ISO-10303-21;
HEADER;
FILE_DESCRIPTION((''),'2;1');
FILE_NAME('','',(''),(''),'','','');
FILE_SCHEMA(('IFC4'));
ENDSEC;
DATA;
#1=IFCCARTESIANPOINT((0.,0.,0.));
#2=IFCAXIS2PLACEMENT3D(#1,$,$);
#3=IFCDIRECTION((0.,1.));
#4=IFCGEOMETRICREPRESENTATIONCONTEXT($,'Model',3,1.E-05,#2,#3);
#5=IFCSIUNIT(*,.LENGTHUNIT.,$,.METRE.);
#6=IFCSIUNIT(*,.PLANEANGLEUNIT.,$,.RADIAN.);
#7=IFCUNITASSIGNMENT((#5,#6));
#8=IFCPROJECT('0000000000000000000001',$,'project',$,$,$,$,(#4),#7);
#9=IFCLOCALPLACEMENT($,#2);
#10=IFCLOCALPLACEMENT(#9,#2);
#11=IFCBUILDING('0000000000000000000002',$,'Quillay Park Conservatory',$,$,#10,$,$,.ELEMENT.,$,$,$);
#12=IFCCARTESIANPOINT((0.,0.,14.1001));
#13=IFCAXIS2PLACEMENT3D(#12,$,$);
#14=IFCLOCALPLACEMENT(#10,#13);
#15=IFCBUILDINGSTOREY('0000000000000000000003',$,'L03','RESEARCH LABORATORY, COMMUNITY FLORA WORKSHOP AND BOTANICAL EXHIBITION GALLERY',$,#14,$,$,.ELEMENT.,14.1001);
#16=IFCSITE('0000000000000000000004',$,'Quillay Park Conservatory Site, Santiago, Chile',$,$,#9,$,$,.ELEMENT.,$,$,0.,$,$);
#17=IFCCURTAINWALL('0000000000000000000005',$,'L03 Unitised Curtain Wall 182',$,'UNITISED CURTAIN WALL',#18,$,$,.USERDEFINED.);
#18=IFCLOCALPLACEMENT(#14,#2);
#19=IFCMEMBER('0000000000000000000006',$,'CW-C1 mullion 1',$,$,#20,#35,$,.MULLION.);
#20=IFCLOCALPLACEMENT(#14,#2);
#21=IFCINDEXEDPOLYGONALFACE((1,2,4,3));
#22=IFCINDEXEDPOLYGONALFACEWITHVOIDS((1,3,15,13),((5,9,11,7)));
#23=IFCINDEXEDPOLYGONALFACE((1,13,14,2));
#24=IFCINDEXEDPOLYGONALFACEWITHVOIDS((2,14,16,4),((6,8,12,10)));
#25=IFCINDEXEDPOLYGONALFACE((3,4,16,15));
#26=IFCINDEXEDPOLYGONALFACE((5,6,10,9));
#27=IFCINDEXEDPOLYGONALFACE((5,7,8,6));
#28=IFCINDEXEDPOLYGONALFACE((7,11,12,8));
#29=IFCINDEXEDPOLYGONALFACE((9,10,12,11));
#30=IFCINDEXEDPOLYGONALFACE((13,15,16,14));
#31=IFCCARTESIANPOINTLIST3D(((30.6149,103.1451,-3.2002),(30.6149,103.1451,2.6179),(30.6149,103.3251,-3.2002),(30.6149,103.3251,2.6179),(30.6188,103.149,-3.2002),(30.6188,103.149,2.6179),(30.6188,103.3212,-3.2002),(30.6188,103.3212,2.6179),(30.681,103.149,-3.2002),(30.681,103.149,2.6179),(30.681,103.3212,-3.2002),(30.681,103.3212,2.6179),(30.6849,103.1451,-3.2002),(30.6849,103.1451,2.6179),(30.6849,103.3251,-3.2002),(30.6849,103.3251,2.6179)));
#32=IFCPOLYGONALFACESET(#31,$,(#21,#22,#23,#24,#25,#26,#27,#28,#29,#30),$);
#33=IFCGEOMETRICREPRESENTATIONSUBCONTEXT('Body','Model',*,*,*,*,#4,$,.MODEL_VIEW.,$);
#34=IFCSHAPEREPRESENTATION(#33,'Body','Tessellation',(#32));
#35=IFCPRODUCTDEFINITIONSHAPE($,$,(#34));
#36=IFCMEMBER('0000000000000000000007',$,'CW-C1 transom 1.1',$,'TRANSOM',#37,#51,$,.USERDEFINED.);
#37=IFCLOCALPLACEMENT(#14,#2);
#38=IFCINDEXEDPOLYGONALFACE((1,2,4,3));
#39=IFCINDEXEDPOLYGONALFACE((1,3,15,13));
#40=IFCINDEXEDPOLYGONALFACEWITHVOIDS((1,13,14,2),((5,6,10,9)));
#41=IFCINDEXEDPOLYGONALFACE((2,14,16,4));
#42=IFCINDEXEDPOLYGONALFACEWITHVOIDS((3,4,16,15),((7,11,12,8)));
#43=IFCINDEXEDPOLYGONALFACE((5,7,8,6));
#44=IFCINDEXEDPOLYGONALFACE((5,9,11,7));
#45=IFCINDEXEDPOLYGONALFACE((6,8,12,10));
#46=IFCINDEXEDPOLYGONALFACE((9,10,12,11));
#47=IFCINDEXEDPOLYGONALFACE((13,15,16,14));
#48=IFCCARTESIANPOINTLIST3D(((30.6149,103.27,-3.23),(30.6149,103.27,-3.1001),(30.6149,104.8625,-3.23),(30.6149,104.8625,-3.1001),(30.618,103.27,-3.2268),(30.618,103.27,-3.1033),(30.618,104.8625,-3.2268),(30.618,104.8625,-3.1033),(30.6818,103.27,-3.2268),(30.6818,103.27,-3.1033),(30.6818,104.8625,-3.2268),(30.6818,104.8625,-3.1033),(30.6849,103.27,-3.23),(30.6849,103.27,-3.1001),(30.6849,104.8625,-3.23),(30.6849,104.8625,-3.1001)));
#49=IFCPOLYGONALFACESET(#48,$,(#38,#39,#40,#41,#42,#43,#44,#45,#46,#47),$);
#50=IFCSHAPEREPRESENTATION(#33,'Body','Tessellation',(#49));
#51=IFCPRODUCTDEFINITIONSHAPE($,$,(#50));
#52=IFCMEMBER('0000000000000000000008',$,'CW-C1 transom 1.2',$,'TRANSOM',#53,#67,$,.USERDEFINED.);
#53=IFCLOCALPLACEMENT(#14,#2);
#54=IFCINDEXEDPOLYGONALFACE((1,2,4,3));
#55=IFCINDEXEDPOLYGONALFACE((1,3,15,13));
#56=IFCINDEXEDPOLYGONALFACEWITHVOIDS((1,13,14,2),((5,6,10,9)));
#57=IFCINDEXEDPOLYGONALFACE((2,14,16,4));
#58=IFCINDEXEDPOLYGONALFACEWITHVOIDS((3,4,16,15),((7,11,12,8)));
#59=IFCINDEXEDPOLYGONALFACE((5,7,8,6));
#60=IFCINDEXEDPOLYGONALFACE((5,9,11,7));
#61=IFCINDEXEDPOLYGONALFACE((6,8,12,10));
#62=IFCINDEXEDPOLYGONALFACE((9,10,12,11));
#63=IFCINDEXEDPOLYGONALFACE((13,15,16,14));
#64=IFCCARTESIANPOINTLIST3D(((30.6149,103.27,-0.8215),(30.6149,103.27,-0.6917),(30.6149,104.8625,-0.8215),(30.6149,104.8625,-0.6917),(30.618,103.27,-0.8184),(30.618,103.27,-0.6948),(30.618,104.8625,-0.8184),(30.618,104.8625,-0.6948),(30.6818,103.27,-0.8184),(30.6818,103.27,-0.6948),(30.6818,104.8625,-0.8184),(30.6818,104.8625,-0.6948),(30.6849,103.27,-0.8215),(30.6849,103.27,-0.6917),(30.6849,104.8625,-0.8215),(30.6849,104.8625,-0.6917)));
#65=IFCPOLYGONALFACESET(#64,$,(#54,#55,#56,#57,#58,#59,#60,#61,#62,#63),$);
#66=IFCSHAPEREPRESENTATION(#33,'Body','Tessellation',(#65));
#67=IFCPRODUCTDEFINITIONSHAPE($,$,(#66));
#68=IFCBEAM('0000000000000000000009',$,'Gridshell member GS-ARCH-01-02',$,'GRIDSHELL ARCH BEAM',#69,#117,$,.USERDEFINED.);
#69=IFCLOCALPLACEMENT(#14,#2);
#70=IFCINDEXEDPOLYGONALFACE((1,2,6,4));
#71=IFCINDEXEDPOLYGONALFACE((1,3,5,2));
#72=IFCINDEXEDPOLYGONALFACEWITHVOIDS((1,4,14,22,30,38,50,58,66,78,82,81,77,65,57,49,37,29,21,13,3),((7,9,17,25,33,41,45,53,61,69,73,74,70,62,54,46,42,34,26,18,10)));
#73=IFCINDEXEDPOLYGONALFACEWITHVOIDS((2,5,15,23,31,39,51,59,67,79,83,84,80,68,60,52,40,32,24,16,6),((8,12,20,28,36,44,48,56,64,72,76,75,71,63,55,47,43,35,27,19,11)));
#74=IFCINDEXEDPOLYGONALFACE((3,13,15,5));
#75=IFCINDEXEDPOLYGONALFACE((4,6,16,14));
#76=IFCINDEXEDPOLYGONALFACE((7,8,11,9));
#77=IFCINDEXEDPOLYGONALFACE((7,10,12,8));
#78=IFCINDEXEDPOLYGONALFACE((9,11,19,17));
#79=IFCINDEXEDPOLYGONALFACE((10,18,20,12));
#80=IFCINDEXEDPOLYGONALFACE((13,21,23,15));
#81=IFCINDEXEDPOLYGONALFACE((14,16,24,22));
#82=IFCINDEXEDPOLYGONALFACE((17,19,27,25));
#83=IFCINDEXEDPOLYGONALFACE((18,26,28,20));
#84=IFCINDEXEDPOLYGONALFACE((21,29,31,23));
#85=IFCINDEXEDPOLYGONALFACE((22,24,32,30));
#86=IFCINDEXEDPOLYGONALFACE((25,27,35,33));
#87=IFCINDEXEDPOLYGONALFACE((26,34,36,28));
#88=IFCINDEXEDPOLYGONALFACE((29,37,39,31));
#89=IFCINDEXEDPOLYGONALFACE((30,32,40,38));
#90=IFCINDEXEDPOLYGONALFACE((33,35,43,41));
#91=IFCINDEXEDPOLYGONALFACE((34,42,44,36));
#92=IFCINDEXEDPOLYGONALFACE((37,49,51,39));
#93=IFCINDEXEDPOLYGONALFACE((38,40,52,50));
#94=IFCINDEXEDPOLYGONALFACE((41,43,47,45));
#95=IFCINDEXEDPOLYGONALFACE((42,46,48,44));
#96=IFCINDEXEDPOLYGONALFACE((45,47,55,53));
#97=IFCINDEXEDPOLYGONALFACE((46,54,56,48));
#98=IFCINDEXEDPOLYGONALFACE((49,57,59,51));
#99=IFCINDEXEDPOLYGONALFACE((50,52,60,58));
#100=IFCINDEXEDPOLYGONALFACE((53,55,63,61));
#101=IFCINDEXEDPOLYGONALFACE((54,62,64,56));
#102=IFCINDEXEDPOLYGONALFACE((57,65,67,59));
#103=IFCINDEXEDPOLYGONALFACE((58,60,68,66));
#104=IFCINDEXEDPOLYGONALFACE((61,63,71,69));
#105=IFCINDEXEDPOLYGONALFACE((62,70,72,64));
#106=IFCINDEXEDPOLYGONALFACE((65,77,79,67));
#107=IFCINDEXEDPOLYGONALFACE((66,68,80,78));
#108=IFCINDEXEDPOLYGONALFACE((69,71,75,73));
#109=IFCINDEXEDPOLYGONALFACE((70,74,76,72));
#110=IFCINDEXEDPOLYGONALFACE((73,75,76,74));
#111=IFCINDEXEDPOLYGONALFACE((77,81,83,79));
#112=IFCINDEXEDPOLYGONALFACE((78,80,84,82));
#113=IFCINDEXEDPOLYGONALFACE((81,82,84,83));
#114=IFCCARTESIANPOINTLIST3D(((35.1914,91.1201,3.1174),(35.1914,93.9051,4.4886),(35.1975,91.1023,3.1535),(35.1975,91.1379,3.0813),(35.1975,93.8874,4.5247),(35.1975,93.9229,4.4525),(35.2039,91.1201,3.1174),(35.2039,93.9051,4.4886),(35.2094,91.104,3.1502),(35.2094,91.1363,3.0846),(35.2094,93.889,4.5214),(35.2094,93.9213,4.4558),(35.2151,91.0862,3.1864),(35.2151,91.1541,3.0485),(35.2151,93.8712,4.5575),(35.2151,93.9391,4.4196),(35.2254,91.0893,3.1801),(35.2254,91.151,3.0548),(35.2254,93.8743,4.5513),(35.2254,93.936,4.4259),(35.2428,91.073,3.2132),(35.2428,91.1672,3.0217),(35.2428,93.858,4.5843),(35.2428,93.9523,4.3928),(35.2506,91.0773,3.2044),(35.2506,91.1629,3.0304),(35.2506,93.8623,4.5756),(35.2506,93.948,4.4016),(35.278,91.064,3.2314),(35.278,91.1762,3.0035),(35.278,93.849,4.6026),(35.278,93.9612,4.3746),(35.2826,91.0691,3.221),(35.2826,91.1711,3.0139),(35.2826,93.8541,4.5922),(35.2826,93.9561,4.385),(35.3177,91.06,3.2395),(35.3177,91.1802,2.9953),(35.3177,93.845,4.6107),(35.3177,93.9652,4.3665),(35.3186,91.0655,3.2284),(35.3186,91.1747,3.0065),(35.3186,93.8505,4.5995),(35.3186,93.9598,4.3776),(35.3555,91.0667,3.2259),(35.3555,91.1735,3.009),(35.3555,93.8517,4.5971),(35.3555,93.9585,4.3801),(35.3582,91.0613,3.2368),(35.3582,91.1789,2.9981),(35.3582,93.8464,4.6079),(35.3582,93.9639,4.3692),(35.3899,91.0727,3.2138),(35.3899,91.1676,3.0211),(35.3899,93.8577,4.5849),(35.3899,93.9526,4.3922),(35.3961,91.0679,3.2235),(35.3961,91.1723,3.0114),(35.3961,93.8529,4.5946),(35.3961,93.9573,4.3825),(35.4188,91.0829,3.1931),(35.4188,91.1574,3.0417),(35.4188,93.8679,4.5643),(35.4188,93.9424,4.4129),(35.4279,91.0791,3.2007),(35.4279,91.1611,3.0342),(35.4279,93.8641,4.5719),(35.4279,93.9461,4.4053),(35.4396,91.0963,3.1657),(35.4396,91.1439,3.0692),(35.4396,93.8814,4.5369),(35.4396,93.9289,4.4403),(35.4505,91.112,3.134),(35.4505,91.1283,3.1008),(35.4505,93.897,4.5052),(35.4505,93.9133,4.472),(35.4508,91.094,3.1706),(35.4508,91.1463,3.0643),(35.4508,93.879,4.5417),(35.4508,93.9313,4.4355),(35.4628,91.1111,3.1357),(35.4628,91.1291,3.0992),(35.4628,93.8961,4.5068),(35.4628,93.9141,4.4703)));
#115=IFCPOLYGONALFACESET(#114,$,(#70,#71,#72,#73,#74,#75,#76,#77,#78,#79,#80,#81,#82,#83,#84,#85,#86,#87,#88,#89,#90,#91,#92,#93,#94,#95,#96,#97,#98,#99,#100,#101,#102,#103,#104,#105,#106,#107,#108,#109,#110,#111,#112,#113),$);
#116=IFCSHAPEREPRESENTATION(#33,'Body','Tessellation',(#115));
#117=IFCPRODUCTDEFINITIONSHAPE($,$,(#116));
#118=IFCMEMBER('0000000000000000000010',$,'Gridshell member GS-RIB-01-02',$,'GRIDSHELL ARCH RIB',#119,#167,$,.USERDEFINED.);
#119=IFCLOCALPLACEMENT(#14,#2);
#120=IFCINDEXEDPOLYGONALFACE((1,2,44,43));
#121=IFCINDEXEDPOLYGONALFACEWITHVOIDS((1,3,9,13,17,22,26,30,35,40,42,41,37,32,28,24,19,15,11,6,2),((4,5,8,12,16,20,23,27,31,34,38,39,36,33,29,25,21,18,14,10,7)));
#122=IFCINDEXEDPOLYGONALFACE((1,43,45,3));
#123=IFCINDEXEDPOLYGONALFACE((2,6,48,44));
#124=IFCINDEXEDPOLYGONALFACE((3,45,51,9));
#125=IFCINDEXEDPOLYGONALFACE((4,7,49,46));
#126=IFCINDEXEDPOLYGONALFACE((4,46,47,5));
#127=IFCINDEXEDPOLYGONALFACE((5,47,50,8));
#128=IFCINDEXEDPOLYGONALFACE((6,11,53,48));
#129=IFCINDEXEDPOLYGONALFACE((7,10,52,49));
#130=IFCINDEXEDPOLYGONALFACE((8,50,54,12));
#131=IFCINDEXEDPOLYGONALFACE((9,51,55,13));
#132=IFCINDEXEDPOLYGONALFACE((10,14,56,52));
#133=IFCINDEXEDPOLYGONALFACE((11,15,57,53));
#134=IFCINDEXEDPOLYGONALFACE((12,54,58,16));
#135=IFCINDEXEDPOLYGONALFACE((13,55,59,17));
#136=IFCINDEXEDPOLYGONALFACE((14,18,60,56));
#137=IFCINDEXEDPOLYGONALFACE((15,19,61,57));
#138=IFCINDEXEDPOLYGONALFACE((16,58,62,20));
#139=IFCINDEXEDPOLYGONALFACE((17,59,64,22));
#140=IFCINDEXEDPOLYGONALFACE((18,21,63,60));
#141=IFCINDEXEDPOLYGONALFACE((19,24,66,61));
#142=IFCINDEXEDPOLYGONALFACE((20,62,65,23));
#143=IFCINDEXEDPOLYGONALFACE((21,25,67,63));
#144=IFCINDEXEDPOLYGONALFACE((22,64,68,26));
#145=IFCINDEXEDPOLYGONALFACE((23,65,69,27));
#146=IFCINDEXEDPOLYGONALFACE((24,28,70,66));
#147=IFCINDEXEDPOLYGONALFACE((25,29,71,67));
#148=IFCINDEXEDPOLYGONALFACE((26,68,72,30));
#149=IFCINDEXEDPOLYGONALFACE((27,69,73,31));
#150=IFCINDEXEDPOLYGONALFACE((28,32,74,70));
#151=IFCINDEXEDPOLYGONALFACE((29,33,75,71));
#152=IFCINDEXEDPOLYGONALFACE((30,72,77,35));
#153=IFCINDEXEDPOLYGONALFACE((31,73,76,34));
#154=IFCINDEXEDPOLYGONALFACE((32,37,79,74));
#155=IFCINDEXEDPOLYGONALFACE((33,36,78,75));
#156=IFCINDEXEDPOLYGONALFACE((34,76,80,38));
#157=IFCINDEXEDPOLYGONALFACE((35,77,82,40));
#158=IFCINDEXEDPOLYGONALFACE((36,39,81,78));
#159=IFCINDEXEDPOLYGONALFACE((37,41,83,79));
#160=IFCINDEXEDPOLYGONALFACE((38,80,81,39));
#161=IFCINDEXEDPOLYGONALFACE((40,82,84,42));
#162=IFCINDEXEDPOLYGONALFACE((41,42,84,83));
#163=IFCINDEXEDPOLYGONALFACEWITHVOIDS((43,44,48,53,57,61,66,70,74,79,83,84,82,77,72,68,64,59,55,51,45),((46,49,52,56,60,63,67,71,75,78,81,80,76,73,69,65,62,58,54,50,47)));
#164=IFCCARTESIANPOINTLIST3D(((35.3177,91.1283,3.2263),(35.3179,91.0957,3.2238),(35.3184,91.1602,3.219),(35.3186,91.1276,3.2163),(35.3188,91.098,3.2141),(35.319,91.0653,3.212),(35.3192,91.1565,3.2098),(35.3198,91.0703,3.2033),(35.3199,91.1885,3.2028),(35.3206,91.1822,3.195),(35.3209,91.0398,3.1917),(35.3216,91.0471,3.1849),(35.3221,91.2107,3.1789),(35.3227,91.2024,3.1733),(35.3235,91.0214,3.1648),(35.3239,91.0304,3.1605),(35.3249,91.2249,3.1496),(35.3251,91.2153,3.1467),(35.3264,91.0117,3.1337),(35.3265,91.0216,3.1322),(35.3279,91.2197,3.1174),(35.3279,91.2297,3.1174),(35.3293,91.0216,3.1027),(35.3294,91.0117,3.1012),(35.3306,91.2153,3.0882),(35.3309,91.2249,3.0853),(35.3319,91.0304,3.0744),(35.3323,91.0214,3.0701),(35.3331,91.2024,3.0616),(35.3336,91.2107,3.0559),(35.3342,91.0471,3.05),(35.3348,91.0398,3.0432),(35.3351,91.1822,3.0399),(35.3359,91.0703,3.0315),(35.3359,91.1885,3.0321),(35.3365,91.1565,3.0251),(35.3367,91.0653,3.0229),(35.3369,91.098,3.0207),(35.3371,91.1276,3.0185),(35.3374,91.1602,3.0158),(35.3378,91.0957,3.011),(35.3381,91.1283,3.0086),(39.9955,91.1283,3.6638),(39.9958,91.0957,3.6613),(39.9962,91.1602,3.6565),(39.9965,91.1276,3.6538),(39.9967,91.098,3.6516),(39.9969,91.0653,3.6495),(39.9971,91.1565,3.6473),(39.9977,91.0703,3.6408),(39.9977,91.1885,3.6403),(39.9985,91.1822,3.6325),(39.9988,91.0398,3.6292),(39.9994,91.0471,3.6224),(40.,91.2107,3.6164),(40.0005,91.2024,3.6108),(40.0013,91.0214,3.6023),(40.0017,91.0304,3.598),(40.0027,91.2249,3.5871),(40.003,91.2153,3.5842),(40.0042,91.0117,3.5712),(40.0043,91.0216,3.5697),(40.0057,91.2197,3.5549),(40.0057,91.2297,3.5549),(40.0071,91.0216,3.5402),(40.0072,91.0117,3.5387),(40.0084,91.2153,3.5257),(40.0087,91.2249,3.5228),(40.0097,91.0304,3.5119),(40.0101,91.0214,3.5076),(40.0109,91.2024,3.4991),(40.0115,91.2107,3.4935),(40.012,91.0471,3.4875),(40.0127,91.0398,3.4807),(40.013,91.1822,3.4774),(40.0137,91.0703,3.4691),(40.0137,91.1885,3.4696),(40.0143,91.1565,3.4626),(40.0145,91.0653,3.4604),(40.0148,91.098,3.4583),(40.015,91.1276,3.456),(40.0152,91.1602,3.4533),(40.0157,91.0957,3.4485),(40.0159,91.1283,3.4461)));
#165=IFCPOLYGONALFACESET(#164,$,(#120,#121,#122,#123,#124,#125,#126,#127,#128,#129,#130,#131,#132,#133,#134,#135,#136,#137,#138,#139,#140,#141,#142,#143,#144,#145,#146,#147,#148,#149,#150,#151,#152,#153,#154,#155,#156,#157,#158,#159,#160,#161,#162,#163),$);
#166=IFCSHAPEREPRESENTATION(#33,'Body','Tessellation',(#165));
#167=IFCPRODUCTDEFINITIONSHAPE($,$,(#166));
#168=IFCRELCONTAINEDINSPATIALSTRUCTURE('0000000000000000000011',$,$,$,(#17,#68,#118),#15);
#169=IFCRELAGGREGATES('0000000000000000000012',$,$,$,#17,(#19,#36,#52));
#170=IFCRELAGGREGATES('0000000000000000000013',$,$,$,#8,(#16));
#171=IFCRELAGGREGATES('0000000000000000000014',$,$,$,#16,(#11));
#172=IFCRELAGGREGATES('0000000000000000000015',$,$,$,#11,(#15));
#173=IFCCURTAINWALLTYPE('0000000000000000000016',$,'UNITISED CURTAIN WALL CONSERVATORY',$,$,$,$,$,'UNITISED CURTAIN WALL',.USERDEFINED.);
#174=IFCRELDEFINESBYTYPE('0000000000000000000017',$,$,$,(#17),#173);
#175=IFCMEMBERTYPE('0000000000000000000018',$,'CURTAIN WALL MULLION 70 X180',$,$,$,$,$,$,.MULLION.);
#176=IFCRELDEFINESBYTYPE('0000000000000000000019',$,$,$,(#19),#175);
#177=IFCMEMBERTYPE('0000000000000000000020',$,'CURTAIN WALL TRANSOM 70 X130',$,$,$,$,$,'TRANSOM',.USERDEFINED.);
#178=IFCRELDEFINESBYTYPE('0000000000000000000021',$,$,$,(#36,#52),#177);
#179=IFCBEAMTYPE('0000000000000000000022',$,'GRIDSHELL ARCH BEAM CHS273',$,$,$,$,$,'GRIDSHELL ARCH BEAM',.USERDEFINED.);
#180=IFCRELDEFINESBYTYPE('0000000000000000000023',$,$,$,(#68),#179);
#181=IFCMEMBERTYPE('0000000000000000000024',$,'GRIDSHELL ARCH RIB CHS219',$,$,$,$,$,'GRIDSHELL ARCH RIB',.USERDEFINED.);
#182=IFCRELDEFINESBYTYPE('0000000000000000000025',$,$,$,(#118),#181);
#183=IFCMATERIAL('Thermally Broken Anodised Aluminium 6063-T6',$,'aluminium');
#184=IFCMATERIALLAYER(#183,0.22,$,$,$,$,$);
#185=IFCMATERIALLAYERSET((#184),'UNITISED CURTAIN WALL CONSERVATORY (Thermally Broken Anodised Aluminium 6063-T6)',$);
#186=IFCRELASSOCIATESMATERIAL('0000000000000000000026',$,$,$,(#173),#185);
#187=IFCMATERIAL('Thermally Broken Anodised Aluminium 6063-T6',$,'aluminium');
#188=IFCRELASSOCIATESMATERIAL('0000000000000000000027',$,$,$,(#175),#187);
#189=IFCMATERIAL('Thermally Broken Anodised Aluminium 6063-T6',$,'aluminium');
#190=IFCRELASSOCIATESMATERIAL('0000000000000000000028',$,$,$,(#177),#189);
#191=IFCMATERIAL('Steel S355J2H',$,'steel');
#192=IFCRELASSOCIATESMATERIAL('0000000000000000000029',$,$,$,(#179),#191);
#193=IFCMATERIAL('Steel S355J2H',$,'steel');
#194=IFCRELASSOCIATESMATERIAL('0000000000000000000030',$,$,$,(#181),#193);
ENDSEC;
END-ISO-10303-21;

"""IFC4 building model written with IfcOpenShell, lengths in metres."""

from ifc_helpers import new_model, si_unit, direction, frame, origin, origin_2d, place, context, subcontext, project, spatial, hollow_rectangle, hollow_circle, extrude, material, layer, layer_set, material_profile, profile_set, type_object, element, aggregate, save


model = new_model("IFC4")

# Units and contexts
model_context = context("Model", 3, precision=1e-05, world=origin(), true_north=direction((0.0, 1.0)))
body_context = subcontext(model_context, "Body", "Model", "MODEL_VIEW")
ifc_project = project(units=[si_unit("LENGTHUNIT", "METRE"), si_unit("PLANEANGLEUNIT", "RADIAN")], contexts=[model_context])

# Site, building, storey
site_placement = place(None, origin())
site = spatial("IfcSite", under=ifc_project, at=site_placement, Name="Quillay Park Conservatory Site, Santiago, Chile", CompositionType="ELEMENT", RefElevation=0.0)
building_placement = place(site_placement, origin())
building = spatial("IfcBuilding", under=site, at=building_placement, Name="Quillay Park Conservatory", CompositionType="ELEMENT")
storey_placement = place(building_placement, frame((0.0, 0.0, 14.1001)))
storey = spatial("IfcBuildingStorey", under=building, at=storey_placement, Name="L03", Description="RESEARCH LABORATORY, COMMUNITY FLORA WORKSHOP AND BOTANICAL EXHIBITION GALLERY", CompositionType="ELEMENT", Elevation=14.1001)

# Curtain wall, members
ifc_material_1 = material(Name="Thermally Broken Anodised Aluminium 6063-T6", Category="aluminium")
ifc_layer_1 = layer(ifc_material_1, 0.22)
ifc_layer_set_1 = layer_set([ifc_layer_1], Name="UNITISED CURTAIN WALL CONSERVATORY (Thermally Broken Anodised Aluminium 6063-T6)")
curtain_wall_type = type_object("IfcCurtainWallType", Name="UNITISED CURTAIN WALL CONSERVATORY", ElementType="UNITISED CURTAIN WALL", PredefinedType="USERDEFINED", material=ifc_layer_set_1)
curtain_wall_1_placement = place(storey_placement, origin())
curtain_wall_1 = element("IfcCurtainWall", 1, at=curtain_wall_1_placement, inside=storey, type_object=curtain_wall_type, Name="L03 Unitised Curtain Wall 182", ObjectType="UNITISED CURTAIN WALL", PredefinedType="USERDEFINED")
ifc_material_2 = material(Name="Thermally Broken Anodised Aluminium 6063-T6", Category="aluminium")
ifc_material_profile_1 = material_profile(ifc_material_2, hollow_rectangle(XDim=0.0701, YDim=0.1799, WallThickness=0.0039, at=origin_2d()), Name="AL70x180x4")
ifc_profile_set_1 = profile_set([ifc_material_profile_1], Name="Thermally Broken Anodised Aluminium 6063-T6")
member_type_1 = type_object("IfcMemberType", Name="CURTAIN WALL MULLION 70 X180", PredefinedType="MULLION", material=ifc_profile_set_1)
member_1_placement = place(storey_placement, frame((30.6499, 103.2351, -3.2002), z_axis=(0.0, 0.0, 1.0), x_axis=(-1.0, 0.0, 0.0)))
member_1 = element("IfcMember", 2, at=member_1_placement, type_object=member_type_1, Name="CW-C1 mullion 1", PredefinedType="MULLION", context=body_context, shape_type="SweptSolid", body=[
    extrude(hollow_rectangle(XDim=0.0701, YDim=0.1799, WallThickness=0.0039, at=origin_2d()), origin(), (0.0, 0.0, 1.0), 5.8181),
])
ifc_material_3 = material(Name="Thermally Broken Anodised Aluminium 6063-T6", Category="aluminium")
ifc_material_profile_2 = material_profile(ifc_material_3, hollow_rectangle(XDim=0.0701, YDim=0.1299, WallThickness=0.0032, at=origin_2d()), Name="AL70x130x3.2")
ifc_profile_set_2 = profile_set([ifc_material_profile_2], Name="Thermally Broken Anodised Aluminium 6063-T6")
member_type_2 = type_object("IfcMemberType", Name="CURTAIN WALL TRANSOM 70 X130", ElementType="TRANSOM", PredefinedType="USERDEFINED", material=ifc_profile_set_2)
member_2_placement = place(storey_placement, frame((30.6499, 103.27, -3.165), z_axis=(0.0, 1.0, 0.0), x_axis=(-1.0, 0.0, 0.0)))
member_2 = element("IfcMember", 3, at=member_2_placement, type_object=member_type_2, Name="CW-C1 transom 1.1", ObjectType="TRANSOM", PredefinedType="USERDEFINED", context=body_context, shape_type="SweptSolid", body=[
    extrude(hollow_rectangle(XDim=0.0701, YDim=0.1299, WallThickness=0.0032, at=origin_2d()), origin(), (0.0, 0.0, 1.0), 1.5925),
])
member_3_placement = place(storey_placement, frame((30.6499, 103.27, -0.7566), z_axis=(0.0, 1.0, 0.0), x_axis=(-1.0, 0.0, 0.0)))
member_3 = element("IfcMember", 4, at=member_3_placement, type_object=member_type_2, Name="CW-C1 transom 1.2", ObjectType="TRANSOM", PredefinedType="USERDEFINED", context=body_context, shape_type="SweptSolid", body=[
    extrude(hollow_rectangle(XDim=0.0701, YDim=0.1299, WallThickness=0.0032, at=origin_2d()), origin(), (0.0, 0.0, 1.0), 1.5925),
])
aggregate(curtain_wall_1, [member_1, member_2, member_3])

# Beam
ifc_material_4 = material(Name="Steel S355J2H", Category="steel")
ifc_material_profile_3 = material_profile(ifc_material_4, hollow_circle(Radius=0.1365, WallThickness=0.0125, at=origin_2d()), Name="CHS273x12.5")
ifc_profile_set_3 = profile_set([ifc_material_profile_3], Name="Steel S355J2H")
beam_type = type_object("IfcBeamType", Name="GRIDSHELL ARCH BEAM CHS273", ElementType="GRIDSHELL ARCH BEAM", PredefinedType="USERDEFINED", material=ifc_profile_set_3)
beam_placement = place(storey_placement, frame((35.3279, 91.1201, 3.1174), z_axis=(0.0, 0.897163, 0.4417), x_axis=(-1.0, 0.0, 0.0)))
element("IfcBeam", 5, at=beam_placement, inside=storey, type_object=beam_type, Name="Gridshell member GS-ARCH-01-02", ObjectType="GRIDSHELL ARCH BEAM", PredefinedType="USERDEFINED", context=body_context, shape_type="SweptSolid", body=[
    extrude(hollow_circle(Radius=0.1365, WallThickness=0.0125, at=origin_2d()), origin(), (0.0, 0.0, 1.0), 3.1042),
])

# Member
ifc_material_5 = material(Name="Steel S355J2H", Category="steel")
ifc_material_profile_4 = material_profile(ifc_material_5, hollow_circle(Radius=0.1096, WallThickness=0.01, at=origin_2d()), Name="CHS219.1x10")
ifc_profile_set_4 = profile_set([ifc_material_profile_4], Name="Steel S355J2H")
member_type_3 = type_object("IfcMemberType", Name="GRIDSHELL ARCH RIB CHS219", ElementType="GRIDSHELL ARCH RIB", PredefinedType="USERDEFINED", material=ifc_profile_set_4)
member_4_placement = place(storey_placement, frame((35.3279, 91.1201, 3.1174), z_axis=(0.995655, 0.0, 0.093122), x_axis=(0.0, 1.0, 0.0)))
element("IfcMember", 6, at=member_4_placement, inside=storey, type_object=member_type_3, Name="Gridshell member GS-RIB-01-02", ObjectType="GRIDSHELL ARCH RIB", PredefinedType="USERDEFINED", context=body_context, shape_type="SweptSolid", body=[
    extrude(hollow_circle(Radius=0.1096, WallThickness=0.01, at=origin_2d()), origin(), (0.0, 0.0, 1.0), 4.6982),
])

save(model, "model.ifc")
